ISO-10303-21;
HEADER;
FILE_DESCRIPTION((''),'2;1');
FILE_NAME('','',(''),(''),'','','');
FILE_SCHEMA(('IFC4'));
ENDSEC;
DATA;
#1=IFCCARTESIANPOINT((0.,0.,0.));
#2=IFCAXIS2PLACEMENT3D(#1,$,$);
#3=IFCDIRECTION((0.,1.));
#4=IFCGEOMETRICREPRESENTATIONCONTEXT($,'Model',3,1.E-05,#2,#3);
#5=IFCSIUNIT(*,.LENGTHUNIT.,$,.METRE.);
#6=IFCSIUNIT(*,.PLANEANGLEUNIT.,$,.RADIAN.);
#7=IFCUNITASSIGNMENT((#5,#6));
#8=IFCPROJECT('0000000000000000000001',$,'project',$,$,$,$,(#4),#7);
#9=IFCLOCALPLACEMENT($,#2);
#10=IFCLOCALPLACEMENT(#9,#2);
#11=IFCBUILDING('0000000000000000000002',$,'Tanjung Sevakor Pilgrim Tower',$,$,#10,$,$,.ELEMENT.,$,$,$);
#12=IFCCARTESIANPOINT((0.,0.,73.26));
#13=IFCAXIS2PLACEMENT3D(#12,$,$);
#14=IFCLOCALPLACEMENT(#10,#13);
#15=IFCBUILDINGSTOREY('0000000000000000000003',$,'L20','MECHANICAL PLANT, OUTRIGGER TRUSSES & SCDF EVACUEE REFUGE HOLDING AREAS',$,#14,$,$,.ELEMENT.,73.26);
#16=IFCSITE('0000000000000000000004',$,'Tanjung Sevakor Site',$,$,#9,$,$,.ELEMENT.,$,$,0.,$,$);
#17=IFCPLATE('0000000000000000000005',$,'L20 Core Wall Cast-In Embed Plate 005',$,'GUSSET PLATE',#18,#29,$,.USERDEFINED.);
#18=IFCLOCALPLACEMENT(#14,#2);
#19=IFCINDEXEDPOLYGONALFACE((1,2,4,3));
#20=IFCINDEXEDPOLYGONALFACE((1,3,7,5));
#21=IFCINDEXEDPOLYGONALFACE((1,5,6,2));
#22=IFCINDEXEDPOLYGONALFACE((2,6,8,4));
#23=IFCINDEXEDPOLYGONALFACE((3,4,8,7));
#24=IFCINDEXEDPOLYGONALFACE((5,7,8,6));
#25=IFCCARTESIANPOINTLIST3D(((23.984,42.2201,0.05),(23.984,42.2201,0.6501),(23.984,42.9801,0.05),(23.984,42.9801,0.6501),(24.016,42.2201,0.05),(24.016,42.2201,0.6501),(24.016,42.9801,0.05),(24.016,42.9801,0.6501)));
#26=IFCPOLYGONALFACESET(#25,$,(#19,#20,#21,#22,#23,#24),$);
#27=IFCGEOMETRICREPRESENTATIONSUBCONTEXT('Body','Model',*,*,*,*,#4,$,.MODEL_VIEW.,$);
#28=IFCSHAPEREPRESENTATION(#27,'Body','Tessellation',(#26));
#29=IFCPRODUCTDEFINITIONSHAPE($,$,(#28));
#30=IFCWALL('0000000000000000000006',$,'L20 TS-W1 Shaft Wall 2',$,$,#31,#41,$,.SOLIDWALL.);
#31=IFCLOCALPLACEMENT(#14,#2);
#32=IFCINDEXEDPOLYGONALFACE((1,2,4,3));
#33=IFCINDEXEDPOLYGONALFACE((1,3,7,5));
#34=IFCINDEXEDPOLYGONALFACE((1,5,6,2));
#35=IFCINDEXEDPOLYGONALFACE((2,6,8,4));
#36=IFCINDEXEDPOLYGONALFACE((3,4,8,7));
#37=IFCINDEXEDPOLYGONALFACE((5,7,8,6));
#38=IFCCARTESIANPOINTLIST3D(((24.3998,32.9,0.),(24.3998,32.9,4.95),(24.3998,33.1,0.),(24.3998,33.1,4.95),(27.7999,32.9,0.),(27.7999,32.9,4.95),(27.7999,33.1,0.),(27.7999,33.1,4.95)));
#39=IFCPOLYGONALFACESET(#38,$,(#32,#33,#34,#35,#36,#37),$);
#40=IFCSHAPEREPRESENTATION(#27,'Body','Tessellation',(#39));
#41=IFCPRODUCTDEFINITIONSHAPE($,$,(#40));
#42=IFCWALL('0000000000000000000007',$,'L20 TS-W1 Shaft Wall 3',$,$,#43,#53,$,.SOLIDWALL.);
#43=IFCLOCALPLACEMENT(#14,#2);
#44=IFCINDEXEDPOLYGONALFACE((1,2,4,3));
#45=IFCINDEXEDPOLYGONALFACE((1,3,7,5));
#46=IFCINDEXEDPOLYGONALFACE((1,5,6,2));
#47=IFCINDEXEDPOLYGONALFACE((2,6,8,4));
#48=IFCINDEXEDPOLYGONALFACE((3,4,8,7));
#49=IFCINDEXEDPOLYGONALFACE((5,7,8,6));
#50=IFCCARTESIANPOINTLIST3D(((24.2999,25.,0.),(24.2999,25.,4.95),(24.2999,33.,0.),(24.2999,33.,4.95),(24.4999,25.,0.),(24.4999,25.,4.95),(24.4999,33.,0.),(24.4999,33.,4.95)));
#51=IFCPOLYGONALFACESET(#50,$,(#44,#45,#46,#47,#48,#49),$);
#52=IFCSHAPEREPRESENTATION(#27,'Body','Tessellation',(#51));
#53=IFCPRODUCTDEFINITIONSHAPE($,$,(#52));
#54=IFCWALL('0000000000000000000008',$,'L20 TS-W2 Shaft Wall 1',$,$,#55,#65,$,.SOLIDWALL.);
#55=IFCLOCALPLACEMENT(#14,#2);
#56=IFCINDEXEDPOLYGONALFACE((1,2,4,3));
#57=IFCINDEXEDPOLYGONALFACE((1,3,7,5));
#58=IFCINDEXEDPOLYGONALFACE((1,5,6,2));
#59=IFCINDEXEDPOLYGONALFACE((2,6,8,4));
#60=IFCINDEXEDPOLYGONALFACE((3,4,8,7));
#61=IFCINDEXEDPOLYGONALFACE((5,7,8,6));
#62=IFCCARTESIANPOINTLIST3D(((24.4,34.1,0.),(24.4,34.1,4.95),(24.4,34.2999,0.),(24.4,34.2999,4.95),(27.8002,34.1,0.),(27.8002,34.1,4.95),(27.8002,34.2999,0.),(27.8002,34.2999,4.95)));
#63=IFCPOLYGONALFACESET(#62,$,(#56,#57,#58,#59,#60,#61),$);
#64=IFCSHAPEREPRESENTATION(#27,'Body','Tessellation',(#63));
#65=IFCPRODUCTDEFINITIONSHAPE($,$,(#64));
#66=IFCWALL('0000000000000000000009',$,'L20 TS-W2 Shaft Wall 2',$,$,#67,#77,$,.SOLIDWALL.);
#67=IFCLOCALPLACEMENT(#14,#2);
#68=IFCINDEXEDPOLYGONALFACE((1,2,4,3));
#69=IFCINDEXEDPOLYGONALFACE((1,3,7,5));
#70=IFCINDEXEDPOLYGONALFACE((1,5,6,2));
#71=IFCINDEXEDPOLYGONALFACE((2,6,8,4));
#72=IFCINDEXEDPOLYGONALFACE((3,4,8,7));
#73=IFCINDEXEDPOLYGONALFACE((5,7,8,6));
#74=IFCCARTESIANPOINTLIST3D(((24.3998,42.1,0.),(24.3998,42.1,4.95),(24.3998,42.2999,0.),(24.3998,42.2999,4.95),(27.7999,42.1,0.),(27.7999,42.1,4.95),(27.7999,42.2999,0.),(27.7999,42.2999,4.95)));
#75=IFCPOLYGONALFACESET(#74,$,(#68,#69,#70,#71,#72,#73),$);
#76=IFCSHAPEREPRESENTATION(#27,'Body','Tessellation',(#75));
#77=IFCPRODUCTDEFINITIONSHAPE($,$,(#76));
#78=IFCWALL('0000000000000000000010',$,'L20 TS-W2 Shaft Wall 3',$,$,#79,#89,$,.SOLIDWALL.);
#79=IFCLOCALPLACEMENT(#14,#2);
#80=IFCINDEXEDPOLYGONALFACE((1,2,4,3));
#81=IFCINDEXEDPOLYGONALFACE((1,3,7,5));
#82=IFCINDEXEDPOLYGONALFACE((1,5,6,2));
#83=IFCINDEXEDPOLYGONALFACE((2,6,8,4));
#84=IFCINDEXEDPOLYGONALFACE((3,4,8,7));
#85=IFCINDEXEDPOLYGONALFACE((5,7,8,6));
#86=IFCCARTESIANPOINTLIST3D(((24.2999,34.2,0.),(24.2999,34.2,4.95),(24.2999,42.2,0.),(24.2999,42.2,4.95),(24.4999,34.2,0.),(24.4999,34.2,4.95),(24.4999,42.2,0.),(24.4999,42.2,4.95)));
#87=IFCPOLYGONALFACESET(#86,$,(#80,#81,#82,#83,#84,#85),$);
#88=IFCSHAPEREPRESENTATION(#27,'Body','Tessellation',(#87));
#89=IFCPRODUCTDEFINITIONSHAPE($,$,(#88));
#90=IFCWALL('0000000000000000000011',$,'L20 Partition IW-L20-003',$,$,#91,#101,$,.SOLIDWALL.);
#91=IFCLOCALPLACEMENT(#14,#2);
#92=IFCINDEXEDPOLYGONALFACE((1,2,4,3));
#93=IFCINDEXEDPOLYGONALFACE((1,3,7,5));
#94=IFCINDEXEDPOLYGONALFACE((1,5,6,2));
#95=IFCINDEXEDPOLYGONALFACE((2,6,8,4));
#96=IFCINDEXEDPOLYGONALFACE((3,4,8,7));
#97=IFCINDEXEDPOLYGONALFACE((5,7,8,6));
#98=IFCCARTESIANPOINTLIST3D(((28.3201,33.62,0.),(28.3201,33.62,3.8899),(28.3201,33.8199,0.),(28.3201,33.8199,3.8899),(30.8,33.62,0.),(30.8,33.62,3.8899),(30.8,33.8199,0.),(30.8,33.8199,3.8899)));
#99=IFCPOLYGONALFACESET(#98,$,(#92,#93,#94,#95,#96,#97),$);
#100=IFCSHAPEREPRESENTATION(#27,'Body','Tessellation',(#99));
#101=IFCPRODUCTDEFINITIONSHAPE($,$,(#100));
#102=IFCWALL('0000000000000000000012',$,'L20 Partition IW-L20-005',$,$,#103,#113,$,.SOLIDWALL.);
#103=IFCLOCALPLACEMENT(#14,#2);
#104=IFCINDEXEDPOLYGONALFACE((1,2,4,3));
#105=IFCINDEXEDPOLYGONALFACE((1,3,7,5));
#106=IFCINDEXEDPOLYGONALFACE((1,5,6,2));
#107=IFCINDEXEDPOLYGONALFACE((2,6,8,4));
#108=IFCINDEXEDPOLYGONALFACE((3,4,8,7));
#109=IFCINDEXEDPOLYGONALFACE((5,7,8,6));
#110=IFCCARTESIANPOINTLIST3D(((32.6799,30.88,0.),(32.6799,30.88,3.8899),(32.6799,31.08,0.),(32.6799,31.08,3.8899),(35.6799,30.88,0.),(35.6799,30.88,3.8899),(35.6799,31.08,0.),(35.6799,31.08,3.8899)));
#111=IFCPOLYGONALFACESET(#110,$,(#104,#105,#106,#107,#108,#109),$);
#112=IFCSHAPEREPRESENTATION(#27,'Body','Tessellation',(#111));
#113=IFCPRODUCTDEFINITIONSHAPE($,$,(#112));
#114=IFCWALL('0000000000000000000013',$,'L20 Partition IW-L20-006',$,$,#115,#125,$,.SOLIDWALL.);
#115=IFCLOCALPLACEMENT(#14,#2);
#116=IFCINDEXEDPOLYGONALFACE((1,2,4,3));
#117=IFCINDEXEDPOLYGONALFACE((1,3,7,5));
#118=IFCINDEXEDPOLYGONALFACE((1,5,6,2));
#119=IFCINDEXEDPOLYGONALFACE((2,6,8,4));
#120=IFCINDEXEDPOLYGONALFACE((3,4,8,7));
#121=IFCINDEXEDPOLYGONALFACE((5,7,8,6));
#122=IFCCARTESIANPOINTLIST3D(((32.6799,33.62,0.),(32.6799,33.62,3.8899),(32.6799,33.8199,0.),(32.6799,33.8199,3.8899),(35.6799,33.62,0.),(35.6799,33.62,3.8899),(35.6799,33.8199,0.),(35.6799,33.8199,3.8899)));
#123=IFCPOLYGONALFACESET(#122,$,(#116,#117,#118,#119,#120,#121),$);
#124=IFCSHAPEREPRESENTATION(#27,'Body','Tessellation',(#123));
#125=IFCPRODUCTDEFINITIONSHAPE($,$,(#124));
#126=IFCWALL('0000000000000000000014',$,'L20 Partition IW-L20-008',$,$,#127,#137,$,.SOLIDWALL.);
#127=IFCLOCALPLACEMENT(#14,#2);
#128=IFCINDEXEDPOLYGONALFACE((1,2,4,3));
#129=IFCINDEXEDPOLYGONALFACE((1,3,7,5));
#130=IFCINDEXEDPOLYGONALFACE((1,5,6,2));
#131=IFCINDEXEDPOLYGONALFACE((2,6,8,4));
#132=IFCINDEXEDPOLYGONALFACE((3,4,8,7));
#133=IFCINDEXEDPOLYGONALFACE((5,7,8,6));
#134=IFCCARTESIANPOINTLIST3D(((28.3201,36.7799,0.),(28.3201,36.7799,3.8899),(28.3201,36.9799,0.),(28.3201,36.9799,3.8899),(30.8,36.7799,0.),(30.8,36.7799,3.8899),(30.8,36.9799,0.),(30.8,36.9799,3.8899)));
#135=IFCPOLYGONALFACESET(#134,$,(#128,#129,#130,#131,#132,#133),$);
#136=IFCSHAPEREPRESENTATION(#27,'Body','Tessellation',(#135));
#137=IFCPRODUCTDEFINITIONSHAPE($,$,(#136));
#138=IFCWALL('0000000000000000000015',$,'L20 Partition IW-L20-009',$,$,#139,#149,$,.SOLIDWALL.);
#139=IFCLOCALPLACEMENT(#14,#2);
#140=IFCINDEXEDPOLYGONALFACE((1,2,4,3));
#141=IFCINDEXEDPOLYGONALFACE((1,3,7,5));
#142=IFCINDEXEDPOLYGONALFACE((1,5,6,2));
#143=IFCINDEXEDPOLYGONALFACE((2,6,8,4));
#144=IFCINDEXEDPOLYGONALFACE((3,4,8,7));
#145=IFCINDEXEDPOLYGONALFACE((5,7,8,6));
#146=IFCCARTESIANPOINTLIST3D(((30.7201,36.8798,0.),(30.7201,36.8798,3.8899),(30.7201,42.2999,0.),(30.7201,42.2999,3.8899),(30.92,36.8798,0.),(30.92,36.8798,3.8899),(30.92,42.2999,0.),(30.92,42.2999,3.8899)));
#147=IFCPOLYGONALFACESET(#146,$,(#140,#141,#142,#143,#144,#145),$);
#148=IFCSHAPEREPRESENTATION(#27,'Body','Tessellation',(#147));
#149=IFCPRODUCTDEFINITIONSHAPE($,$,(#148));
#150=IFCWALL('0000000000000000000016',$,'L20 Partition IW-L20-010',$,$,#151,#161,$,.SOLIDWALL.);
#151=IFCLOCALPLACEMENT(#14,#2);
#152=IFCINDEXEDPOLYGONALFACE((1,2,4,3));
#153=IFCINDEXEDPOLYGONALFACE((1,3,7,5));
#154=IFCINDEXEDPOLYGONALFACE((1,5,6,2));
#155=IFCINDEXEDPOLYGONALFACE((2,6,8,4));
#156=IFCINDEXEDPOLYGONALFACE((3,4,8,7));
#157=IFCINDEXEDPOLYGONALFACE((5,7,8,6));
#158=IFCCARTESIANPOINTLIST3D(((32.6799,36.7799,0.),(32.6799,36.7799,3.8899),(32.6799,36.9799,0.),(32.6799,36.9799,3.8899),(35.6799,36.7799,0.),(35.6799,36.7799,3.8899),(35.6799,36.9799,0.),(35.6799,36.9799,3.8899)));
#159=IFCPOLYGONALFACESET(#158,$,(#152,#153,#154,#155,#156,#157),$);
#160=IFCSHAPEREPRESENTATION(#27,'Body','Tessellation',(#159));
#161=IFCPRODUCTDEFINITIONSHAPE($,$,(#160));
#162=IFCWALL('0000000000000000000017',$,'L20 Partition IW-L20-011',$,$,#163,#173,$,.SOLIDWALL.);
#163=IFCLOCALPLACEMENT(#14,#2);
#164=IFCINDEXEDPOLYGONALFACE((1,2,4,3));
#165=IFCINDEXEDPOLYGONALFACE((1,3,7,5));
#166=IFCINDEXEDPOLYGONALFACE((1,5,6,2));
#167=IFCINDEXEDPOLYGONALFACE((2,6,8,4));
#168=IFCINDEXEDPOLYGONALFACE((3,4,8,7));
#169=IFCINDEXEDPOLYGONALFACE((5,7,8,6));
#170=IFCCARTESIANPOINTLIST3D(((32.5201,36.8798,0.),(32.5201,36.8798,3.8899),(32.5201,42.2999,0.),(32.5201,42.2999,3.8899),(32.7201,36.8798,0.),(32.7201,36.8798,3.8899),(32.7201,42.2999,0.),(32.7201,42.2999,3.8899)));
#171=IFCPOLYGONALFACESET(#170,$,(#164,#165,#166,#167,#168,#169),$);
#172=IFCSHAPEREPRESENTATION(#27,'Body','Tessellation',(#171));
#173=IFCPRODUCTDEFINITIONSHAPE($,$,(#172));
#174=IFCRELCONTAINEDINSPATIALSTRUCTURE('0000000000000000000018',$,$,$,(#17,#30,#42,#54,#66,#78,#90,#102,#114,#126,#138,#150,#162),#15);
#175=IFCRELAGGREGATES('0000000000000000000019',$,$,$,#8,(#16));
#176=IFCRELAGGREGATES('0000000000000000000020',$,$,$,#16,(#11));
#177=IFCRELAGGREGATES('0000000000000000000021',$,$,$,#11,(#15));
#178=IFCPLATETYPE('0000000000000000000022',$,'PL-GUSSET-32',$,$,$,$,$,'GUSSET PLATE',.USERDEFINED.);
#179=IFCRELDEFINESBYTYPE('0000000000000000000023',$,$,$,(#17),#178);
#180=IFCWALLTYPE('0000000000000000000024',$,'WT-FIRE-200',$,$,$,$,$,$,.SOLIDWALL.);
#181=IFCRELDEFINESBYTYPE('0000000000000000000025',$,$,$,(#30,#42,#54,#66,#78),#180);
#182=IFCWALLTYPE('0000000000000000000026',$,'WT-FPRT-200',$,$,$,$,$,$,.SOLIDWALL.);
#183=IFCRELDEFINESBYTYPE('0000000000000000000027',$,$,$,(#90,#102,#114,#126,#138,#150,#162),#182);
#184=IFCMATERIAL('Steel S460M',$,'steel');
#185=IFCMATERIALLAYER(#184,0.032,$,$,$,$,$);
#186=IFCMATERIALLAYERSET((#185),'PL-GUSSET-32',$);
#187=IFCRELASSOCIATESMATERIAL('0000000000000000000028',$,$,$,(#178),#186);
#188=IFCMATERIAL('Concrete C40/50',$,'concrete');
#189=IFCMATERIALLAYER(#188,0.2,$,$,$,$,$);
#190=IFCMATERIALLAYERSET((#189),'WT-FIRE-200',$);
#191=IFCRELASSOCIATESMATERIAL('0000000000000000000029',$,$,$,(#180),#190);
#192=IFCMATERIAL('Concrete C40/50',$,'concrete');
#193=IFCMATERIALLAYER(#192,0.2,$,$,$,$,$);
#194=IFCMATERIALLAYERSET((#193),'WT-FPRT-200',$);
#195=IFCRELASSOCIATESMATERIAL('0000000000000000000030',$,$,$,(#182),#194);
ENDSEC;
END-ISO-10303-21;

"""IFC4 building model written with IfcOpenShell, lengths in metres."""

from ifc_helpers import new_model, si_unit, direction, frame, frame_2d, origin, origin_2d, place, context, subcontext, project, spatial, rectangle, extrude, material, layer, layer_set, type_object, element, save


model = new_model("IFC4")

# Units and contexts
model_context = context("Model", 3, precision=1e-05, world=origin(), true_north=direction((0.0, 1.0)))
body_context = subcontext(model_context, "Body", "Model", "MODEL_VIEW")
ifc_project = project(units=[si_unit("LENGTHUNIT", "METRE"), si_unit("PLANEANGLEUNIT", "RADIAN")], contexts=[model_context])

# Site, building, storey
site_placement = place(None, origin())
site = spatial("IfcSite", under=ifc_project, at=site_placement, Name="Tanjung Sevakor Site", CompositionType="ELEMENT", RefElevation=0.0)
building_placement = place(site_placement, origin())
building = spatial("IfcBuilding", under=site, at=building_placement, Name="Tanjung Sevakor Pilgrim Tower", CompositionType="ELEMENT")
storey_placement = place(building_placement, frame((0.0, 0.0, 73.26)))
storey = spatial("IfcBuildingStorey", under=building, at=storey_placement, Name="L20", Description="MECHANICAL PLANT, OUTRIGGER TRUSSES & SCDF EVACUEE REFUGE HOLDING AREAS", CompositionType="ELEMENT", Elevation=73.26)

# Plate
ifc_material_1 = material(Name="Steel S460M", Category="steel")
ifc_layer_1 = layer(ifc_material_1, 0.032)
ifc_layer_set_1 = layer_set([ifc_layer_1], Name="PL-GUSSET-32")
plate_type = type_object("IfcPlateType", Name="PL-GUSSET-32", ElementType="GUSSET PLATE", PredefinedType="USERDEFINED", material=ifc_layer_set_1)
plate_placement = place(storey_placement, frame((24.0, 42.6001, 0.05), z_axis=(0.0, 0.0, 1.0), x_axis=(1.0, 0.0, 0.0)))
element("IfcPlate", 1, at=plate_placement, inside=storey, type_object=plate_type, Name="L20 Core Wall Cast-In Embed Plate 005", ObjectType="GUSSET PLATE", PredefinedType="USERDEFINED", context=body_context, shape_type="SweptSolid", body=[
    extrude(rectangle(XDim=0.032, YDim=0.76, at=origin_2d()), origin(), (0.0, 0.0, 1.0), 0.6001),
])

# Walls
ifc_material_2 = material(Name="Concrete C40/50", Category="concrete")
ifc_layer_2 = layer(ifc_material_2, 0.2)
ifc_layer_set_2 = layer_set([ifc_layer_2], Name="WT-FIRE-200")
wall_type_1 = type_object("IfcWallType", Name="WT-FIRE-200", PredefinedType="SOLIDWALL", material=ifc_layer_set_2)
wall_1_placement = place(storey_placement, frame((27.8, 33.0, 0.0), z_axis=(0.0, 0.0, 1.0), x_axis=(-1.0, 0.0, 0.0)))
element("IfcWall", 2, at=wall_1_placement, inside=storey, type_object=wall_type_1, Name="L20 TS-W1 Shaft Wall 2", PredefinedType="SOLIDWALL", context=body_context, shape_type="SweptSolid", body=[
    extrude(rectangle(XDim=3.4001, YDim=0.2, at=frame_2d((1.7002, 0.0))), origin(), (0.0, 0.0, 1.0), 4.95),
])
wall_2_placement = place(storey_placement, frame((24.3999, 33.0, 0.0), z_axis=(0.0, 0.0, 1.0), x_axis=(0.0, -1.0, 0.0)))
element("IfcWall", 3, at=wall_2_placement, inside=storey, type_object=wall_type_1, Name="L20 TS-W1 Shaft Wall 3", PredefinedType="SOLIDWALL", context=body_context, shape_type="SweptSolid", body=[
    extrude(rectangle(XDim=8.0, YDim=0.2, at=frame_2d((4.0, 0.0))), origin(), (0.0, 0.0, 1.0), 4.95),
])
for number, where, z_axis, x_axis, name in (
    (4, (24.3999, 34.2, 0.0), (0.0, 0.0, 1.0), (1.0, 0.0, 0.0), "L20 TS-W2 Shaft Wall 1"),
    (5, (27.8, 42.2, 0.0), (0.0, 0.0, 1.0), (-1.0, 0.0, 0.0), "L20 TS-W2 Shaft Wall 2"),
):
    element("IfcWall", number, at=place(storey_placement, frame(where, z_axis=z_axis, x_axis=x_axis)), inside=storey, type_object=wall_type_1, Name=name, PredefinedType="SOLIDWALL", context=body_context, shape_type="SweptSolid", body=[
        extrude(rectangle(XDim=3.4001, YDim=0.2, at=frame_2d((1.7002, 0.0))), origin(), (0.0, 0.0, 1.0), 4.95),
    ])
wall_3_placement = place(storey_placement, frame((24.3999, 42.2, 0.0), z_axis=(0.0, 0.0, 1.0), x_axis=(0.0, -1.0, 0.0)))
element("IfcWall", 6, at=wall_3_placement, inside=storey, type_object=wall_type_1, Name="L20 TS-W2 Shaft Wall 3", PredefinedType="SOLIDWALL", context=body_context, shape_type="SweptSolid", body=[
    extrude(rectangle(XDim=8.0, YDim=0.2, at=frame_2d((4.0, 0.0))), origin(), (0.0, 0.0, 1.0), 4.95),
])
ifc_material_3 = material(Name="Concrete C40/50", Category="concrete")
ifc_layer_3 = layer(ifc_material_3, 0.2)
ifc_layer_set_3 = layer_set([ifc_layer_3], Name="WT-FPRT-200")
wall_type_2 = type_object("IfcWallType", Name="WT-FPRT-200", PredefinedType="SOLIDWALL", material=ifc_layer_set_3)
wall_4_placement = place(storey_placement, frame((28.3201, 33.72, 0.0), z_axis=(0.0, 0.0, 1.0), x_axis=(1.0, 0.0, 0.0)))
element("IfcWall", 7, at=wall_4_placement, inside=storey, type_object=wall_type_2, Name="L20 Partition IW-L20-003", PredefinedType="SOLIDWALL", context=body_context, shape_type="SweptSolid", body=[
    extrude(rectangle(XDim=2.48, YDim=0.2, at=frame_2d((1.24, 0.0))), origin(), (0.0, 0.0, 1.0), 3.8899),
])
for number, where, z_axis, x_axis, name in (
    (8, (32.6799, 30.98, 0.0), (0.0, 0.0, 1.0), (1.0, 0.0, 0.0), "L20 Partition IW-L20-005"),
    (9, (32.6799, 33.72, 0.0), (0.0, 0.0, 1.0), (1.0, 0.0, 0.0), "L20 Partition IW-L20-006"),
):
    element("IfcWall", number, at=place(storey_placement, frame(where, z_axis=z_axis, x_axis=x_axis)), inside=storey, type_object=wall_type_2, Name=name, PredefinedType="SOLIDWALL", context=body_context, shape_type="SweptSolid", body=[
        extrude(rectangle(XDim=3.0, YDim=0.2, at=frame_2d((1.5, 0.0))), origin(), (0.0, 0.0, 1.0), 3.8899),
    ])
wall_5_placement = place(storey_placement, frame((28.3201, 36.8799, 0.0), z_axis=(0.0, 0.0, 1.0), x_axis=(1.0, 0.0, 0.0)))
element("IfcWall", 10, at=wall_5_placement, inside=storey, type_object=wall_type_2, Name="L20 Partition IW-L20-008", PredefinedType="SOLIDWALL", context=body_context, shape_type="SweptSolid", body=[
    extrude(rectangle(XDim=2.48, YDim=0.2, at=frame_2d((1.24, 0.0))), origin(), (0.0, 0.0, 1.0), 3.8899),
])
wall_6_placement = place(storey_placement, frame((30.8201, 36.8799, 0.0), z_axis=(0.0, 0.0, 1.0), x_axis=(0.0, 1.0, 0.0)))
element("IfcWall", 11, at=wall_6_placement, inside=storey, type_object=wall_type_2, Name="L20 Partition IW-L20-009", PredefinedType="SOLIDWALL", context=body_context, shape_type="SweptSolid", body=[
    extrude(rectangle(XDim=5.4202, YDim=0.2, at=frame_2d((2.71, 0.0))), origin(), (0.0, 0.0, 1.0), 3.8899),
])
wall_7_placement = place(storey_placement, frame((32.6799, 36.8799, 0.0), z_axis=(0.0, 0.0, 1.0), x_axis=(1.0, 0.0, 0.0)))
element("IfcWall", 12, at=wall_7_placement, inside=storey, type_object=wall_type_2, Name="L20 Partition IW-L20-010", PredefinedType="SOLIDWALL", context=body_context, shape_type="SweptSolid", body=[
    extrude(rectangle(XDim=3.0, YDim=0.2, at=frame_2d((1.5, 0.0))), origin(), (0.0, 0.0, 1.0), 3.8899),
])
wall_8_placement = place(storey_placement, frame((32.6201, 36.8799, 0.0), z_axis=(0.0, 0.0, 1.0), x_axis=(0.0, 1.0, 0.0)))
element("IfcWall", 13, at=wall_8_placement, inside=storey, type_object=wall_type_2, Name="L20 Partition IW-L20-011", PredefinedType="SOLIDWALL", context=body_context, shape_type="SweptSolid", body=[
    extrude(rectangle(XDim=5.4202, YDim=0.2, at=frame_2d((2.71, 0.0))), origin(), (0.0, 0.0, 1.0), 3.8899),
])

save(model, "model.ifc")
